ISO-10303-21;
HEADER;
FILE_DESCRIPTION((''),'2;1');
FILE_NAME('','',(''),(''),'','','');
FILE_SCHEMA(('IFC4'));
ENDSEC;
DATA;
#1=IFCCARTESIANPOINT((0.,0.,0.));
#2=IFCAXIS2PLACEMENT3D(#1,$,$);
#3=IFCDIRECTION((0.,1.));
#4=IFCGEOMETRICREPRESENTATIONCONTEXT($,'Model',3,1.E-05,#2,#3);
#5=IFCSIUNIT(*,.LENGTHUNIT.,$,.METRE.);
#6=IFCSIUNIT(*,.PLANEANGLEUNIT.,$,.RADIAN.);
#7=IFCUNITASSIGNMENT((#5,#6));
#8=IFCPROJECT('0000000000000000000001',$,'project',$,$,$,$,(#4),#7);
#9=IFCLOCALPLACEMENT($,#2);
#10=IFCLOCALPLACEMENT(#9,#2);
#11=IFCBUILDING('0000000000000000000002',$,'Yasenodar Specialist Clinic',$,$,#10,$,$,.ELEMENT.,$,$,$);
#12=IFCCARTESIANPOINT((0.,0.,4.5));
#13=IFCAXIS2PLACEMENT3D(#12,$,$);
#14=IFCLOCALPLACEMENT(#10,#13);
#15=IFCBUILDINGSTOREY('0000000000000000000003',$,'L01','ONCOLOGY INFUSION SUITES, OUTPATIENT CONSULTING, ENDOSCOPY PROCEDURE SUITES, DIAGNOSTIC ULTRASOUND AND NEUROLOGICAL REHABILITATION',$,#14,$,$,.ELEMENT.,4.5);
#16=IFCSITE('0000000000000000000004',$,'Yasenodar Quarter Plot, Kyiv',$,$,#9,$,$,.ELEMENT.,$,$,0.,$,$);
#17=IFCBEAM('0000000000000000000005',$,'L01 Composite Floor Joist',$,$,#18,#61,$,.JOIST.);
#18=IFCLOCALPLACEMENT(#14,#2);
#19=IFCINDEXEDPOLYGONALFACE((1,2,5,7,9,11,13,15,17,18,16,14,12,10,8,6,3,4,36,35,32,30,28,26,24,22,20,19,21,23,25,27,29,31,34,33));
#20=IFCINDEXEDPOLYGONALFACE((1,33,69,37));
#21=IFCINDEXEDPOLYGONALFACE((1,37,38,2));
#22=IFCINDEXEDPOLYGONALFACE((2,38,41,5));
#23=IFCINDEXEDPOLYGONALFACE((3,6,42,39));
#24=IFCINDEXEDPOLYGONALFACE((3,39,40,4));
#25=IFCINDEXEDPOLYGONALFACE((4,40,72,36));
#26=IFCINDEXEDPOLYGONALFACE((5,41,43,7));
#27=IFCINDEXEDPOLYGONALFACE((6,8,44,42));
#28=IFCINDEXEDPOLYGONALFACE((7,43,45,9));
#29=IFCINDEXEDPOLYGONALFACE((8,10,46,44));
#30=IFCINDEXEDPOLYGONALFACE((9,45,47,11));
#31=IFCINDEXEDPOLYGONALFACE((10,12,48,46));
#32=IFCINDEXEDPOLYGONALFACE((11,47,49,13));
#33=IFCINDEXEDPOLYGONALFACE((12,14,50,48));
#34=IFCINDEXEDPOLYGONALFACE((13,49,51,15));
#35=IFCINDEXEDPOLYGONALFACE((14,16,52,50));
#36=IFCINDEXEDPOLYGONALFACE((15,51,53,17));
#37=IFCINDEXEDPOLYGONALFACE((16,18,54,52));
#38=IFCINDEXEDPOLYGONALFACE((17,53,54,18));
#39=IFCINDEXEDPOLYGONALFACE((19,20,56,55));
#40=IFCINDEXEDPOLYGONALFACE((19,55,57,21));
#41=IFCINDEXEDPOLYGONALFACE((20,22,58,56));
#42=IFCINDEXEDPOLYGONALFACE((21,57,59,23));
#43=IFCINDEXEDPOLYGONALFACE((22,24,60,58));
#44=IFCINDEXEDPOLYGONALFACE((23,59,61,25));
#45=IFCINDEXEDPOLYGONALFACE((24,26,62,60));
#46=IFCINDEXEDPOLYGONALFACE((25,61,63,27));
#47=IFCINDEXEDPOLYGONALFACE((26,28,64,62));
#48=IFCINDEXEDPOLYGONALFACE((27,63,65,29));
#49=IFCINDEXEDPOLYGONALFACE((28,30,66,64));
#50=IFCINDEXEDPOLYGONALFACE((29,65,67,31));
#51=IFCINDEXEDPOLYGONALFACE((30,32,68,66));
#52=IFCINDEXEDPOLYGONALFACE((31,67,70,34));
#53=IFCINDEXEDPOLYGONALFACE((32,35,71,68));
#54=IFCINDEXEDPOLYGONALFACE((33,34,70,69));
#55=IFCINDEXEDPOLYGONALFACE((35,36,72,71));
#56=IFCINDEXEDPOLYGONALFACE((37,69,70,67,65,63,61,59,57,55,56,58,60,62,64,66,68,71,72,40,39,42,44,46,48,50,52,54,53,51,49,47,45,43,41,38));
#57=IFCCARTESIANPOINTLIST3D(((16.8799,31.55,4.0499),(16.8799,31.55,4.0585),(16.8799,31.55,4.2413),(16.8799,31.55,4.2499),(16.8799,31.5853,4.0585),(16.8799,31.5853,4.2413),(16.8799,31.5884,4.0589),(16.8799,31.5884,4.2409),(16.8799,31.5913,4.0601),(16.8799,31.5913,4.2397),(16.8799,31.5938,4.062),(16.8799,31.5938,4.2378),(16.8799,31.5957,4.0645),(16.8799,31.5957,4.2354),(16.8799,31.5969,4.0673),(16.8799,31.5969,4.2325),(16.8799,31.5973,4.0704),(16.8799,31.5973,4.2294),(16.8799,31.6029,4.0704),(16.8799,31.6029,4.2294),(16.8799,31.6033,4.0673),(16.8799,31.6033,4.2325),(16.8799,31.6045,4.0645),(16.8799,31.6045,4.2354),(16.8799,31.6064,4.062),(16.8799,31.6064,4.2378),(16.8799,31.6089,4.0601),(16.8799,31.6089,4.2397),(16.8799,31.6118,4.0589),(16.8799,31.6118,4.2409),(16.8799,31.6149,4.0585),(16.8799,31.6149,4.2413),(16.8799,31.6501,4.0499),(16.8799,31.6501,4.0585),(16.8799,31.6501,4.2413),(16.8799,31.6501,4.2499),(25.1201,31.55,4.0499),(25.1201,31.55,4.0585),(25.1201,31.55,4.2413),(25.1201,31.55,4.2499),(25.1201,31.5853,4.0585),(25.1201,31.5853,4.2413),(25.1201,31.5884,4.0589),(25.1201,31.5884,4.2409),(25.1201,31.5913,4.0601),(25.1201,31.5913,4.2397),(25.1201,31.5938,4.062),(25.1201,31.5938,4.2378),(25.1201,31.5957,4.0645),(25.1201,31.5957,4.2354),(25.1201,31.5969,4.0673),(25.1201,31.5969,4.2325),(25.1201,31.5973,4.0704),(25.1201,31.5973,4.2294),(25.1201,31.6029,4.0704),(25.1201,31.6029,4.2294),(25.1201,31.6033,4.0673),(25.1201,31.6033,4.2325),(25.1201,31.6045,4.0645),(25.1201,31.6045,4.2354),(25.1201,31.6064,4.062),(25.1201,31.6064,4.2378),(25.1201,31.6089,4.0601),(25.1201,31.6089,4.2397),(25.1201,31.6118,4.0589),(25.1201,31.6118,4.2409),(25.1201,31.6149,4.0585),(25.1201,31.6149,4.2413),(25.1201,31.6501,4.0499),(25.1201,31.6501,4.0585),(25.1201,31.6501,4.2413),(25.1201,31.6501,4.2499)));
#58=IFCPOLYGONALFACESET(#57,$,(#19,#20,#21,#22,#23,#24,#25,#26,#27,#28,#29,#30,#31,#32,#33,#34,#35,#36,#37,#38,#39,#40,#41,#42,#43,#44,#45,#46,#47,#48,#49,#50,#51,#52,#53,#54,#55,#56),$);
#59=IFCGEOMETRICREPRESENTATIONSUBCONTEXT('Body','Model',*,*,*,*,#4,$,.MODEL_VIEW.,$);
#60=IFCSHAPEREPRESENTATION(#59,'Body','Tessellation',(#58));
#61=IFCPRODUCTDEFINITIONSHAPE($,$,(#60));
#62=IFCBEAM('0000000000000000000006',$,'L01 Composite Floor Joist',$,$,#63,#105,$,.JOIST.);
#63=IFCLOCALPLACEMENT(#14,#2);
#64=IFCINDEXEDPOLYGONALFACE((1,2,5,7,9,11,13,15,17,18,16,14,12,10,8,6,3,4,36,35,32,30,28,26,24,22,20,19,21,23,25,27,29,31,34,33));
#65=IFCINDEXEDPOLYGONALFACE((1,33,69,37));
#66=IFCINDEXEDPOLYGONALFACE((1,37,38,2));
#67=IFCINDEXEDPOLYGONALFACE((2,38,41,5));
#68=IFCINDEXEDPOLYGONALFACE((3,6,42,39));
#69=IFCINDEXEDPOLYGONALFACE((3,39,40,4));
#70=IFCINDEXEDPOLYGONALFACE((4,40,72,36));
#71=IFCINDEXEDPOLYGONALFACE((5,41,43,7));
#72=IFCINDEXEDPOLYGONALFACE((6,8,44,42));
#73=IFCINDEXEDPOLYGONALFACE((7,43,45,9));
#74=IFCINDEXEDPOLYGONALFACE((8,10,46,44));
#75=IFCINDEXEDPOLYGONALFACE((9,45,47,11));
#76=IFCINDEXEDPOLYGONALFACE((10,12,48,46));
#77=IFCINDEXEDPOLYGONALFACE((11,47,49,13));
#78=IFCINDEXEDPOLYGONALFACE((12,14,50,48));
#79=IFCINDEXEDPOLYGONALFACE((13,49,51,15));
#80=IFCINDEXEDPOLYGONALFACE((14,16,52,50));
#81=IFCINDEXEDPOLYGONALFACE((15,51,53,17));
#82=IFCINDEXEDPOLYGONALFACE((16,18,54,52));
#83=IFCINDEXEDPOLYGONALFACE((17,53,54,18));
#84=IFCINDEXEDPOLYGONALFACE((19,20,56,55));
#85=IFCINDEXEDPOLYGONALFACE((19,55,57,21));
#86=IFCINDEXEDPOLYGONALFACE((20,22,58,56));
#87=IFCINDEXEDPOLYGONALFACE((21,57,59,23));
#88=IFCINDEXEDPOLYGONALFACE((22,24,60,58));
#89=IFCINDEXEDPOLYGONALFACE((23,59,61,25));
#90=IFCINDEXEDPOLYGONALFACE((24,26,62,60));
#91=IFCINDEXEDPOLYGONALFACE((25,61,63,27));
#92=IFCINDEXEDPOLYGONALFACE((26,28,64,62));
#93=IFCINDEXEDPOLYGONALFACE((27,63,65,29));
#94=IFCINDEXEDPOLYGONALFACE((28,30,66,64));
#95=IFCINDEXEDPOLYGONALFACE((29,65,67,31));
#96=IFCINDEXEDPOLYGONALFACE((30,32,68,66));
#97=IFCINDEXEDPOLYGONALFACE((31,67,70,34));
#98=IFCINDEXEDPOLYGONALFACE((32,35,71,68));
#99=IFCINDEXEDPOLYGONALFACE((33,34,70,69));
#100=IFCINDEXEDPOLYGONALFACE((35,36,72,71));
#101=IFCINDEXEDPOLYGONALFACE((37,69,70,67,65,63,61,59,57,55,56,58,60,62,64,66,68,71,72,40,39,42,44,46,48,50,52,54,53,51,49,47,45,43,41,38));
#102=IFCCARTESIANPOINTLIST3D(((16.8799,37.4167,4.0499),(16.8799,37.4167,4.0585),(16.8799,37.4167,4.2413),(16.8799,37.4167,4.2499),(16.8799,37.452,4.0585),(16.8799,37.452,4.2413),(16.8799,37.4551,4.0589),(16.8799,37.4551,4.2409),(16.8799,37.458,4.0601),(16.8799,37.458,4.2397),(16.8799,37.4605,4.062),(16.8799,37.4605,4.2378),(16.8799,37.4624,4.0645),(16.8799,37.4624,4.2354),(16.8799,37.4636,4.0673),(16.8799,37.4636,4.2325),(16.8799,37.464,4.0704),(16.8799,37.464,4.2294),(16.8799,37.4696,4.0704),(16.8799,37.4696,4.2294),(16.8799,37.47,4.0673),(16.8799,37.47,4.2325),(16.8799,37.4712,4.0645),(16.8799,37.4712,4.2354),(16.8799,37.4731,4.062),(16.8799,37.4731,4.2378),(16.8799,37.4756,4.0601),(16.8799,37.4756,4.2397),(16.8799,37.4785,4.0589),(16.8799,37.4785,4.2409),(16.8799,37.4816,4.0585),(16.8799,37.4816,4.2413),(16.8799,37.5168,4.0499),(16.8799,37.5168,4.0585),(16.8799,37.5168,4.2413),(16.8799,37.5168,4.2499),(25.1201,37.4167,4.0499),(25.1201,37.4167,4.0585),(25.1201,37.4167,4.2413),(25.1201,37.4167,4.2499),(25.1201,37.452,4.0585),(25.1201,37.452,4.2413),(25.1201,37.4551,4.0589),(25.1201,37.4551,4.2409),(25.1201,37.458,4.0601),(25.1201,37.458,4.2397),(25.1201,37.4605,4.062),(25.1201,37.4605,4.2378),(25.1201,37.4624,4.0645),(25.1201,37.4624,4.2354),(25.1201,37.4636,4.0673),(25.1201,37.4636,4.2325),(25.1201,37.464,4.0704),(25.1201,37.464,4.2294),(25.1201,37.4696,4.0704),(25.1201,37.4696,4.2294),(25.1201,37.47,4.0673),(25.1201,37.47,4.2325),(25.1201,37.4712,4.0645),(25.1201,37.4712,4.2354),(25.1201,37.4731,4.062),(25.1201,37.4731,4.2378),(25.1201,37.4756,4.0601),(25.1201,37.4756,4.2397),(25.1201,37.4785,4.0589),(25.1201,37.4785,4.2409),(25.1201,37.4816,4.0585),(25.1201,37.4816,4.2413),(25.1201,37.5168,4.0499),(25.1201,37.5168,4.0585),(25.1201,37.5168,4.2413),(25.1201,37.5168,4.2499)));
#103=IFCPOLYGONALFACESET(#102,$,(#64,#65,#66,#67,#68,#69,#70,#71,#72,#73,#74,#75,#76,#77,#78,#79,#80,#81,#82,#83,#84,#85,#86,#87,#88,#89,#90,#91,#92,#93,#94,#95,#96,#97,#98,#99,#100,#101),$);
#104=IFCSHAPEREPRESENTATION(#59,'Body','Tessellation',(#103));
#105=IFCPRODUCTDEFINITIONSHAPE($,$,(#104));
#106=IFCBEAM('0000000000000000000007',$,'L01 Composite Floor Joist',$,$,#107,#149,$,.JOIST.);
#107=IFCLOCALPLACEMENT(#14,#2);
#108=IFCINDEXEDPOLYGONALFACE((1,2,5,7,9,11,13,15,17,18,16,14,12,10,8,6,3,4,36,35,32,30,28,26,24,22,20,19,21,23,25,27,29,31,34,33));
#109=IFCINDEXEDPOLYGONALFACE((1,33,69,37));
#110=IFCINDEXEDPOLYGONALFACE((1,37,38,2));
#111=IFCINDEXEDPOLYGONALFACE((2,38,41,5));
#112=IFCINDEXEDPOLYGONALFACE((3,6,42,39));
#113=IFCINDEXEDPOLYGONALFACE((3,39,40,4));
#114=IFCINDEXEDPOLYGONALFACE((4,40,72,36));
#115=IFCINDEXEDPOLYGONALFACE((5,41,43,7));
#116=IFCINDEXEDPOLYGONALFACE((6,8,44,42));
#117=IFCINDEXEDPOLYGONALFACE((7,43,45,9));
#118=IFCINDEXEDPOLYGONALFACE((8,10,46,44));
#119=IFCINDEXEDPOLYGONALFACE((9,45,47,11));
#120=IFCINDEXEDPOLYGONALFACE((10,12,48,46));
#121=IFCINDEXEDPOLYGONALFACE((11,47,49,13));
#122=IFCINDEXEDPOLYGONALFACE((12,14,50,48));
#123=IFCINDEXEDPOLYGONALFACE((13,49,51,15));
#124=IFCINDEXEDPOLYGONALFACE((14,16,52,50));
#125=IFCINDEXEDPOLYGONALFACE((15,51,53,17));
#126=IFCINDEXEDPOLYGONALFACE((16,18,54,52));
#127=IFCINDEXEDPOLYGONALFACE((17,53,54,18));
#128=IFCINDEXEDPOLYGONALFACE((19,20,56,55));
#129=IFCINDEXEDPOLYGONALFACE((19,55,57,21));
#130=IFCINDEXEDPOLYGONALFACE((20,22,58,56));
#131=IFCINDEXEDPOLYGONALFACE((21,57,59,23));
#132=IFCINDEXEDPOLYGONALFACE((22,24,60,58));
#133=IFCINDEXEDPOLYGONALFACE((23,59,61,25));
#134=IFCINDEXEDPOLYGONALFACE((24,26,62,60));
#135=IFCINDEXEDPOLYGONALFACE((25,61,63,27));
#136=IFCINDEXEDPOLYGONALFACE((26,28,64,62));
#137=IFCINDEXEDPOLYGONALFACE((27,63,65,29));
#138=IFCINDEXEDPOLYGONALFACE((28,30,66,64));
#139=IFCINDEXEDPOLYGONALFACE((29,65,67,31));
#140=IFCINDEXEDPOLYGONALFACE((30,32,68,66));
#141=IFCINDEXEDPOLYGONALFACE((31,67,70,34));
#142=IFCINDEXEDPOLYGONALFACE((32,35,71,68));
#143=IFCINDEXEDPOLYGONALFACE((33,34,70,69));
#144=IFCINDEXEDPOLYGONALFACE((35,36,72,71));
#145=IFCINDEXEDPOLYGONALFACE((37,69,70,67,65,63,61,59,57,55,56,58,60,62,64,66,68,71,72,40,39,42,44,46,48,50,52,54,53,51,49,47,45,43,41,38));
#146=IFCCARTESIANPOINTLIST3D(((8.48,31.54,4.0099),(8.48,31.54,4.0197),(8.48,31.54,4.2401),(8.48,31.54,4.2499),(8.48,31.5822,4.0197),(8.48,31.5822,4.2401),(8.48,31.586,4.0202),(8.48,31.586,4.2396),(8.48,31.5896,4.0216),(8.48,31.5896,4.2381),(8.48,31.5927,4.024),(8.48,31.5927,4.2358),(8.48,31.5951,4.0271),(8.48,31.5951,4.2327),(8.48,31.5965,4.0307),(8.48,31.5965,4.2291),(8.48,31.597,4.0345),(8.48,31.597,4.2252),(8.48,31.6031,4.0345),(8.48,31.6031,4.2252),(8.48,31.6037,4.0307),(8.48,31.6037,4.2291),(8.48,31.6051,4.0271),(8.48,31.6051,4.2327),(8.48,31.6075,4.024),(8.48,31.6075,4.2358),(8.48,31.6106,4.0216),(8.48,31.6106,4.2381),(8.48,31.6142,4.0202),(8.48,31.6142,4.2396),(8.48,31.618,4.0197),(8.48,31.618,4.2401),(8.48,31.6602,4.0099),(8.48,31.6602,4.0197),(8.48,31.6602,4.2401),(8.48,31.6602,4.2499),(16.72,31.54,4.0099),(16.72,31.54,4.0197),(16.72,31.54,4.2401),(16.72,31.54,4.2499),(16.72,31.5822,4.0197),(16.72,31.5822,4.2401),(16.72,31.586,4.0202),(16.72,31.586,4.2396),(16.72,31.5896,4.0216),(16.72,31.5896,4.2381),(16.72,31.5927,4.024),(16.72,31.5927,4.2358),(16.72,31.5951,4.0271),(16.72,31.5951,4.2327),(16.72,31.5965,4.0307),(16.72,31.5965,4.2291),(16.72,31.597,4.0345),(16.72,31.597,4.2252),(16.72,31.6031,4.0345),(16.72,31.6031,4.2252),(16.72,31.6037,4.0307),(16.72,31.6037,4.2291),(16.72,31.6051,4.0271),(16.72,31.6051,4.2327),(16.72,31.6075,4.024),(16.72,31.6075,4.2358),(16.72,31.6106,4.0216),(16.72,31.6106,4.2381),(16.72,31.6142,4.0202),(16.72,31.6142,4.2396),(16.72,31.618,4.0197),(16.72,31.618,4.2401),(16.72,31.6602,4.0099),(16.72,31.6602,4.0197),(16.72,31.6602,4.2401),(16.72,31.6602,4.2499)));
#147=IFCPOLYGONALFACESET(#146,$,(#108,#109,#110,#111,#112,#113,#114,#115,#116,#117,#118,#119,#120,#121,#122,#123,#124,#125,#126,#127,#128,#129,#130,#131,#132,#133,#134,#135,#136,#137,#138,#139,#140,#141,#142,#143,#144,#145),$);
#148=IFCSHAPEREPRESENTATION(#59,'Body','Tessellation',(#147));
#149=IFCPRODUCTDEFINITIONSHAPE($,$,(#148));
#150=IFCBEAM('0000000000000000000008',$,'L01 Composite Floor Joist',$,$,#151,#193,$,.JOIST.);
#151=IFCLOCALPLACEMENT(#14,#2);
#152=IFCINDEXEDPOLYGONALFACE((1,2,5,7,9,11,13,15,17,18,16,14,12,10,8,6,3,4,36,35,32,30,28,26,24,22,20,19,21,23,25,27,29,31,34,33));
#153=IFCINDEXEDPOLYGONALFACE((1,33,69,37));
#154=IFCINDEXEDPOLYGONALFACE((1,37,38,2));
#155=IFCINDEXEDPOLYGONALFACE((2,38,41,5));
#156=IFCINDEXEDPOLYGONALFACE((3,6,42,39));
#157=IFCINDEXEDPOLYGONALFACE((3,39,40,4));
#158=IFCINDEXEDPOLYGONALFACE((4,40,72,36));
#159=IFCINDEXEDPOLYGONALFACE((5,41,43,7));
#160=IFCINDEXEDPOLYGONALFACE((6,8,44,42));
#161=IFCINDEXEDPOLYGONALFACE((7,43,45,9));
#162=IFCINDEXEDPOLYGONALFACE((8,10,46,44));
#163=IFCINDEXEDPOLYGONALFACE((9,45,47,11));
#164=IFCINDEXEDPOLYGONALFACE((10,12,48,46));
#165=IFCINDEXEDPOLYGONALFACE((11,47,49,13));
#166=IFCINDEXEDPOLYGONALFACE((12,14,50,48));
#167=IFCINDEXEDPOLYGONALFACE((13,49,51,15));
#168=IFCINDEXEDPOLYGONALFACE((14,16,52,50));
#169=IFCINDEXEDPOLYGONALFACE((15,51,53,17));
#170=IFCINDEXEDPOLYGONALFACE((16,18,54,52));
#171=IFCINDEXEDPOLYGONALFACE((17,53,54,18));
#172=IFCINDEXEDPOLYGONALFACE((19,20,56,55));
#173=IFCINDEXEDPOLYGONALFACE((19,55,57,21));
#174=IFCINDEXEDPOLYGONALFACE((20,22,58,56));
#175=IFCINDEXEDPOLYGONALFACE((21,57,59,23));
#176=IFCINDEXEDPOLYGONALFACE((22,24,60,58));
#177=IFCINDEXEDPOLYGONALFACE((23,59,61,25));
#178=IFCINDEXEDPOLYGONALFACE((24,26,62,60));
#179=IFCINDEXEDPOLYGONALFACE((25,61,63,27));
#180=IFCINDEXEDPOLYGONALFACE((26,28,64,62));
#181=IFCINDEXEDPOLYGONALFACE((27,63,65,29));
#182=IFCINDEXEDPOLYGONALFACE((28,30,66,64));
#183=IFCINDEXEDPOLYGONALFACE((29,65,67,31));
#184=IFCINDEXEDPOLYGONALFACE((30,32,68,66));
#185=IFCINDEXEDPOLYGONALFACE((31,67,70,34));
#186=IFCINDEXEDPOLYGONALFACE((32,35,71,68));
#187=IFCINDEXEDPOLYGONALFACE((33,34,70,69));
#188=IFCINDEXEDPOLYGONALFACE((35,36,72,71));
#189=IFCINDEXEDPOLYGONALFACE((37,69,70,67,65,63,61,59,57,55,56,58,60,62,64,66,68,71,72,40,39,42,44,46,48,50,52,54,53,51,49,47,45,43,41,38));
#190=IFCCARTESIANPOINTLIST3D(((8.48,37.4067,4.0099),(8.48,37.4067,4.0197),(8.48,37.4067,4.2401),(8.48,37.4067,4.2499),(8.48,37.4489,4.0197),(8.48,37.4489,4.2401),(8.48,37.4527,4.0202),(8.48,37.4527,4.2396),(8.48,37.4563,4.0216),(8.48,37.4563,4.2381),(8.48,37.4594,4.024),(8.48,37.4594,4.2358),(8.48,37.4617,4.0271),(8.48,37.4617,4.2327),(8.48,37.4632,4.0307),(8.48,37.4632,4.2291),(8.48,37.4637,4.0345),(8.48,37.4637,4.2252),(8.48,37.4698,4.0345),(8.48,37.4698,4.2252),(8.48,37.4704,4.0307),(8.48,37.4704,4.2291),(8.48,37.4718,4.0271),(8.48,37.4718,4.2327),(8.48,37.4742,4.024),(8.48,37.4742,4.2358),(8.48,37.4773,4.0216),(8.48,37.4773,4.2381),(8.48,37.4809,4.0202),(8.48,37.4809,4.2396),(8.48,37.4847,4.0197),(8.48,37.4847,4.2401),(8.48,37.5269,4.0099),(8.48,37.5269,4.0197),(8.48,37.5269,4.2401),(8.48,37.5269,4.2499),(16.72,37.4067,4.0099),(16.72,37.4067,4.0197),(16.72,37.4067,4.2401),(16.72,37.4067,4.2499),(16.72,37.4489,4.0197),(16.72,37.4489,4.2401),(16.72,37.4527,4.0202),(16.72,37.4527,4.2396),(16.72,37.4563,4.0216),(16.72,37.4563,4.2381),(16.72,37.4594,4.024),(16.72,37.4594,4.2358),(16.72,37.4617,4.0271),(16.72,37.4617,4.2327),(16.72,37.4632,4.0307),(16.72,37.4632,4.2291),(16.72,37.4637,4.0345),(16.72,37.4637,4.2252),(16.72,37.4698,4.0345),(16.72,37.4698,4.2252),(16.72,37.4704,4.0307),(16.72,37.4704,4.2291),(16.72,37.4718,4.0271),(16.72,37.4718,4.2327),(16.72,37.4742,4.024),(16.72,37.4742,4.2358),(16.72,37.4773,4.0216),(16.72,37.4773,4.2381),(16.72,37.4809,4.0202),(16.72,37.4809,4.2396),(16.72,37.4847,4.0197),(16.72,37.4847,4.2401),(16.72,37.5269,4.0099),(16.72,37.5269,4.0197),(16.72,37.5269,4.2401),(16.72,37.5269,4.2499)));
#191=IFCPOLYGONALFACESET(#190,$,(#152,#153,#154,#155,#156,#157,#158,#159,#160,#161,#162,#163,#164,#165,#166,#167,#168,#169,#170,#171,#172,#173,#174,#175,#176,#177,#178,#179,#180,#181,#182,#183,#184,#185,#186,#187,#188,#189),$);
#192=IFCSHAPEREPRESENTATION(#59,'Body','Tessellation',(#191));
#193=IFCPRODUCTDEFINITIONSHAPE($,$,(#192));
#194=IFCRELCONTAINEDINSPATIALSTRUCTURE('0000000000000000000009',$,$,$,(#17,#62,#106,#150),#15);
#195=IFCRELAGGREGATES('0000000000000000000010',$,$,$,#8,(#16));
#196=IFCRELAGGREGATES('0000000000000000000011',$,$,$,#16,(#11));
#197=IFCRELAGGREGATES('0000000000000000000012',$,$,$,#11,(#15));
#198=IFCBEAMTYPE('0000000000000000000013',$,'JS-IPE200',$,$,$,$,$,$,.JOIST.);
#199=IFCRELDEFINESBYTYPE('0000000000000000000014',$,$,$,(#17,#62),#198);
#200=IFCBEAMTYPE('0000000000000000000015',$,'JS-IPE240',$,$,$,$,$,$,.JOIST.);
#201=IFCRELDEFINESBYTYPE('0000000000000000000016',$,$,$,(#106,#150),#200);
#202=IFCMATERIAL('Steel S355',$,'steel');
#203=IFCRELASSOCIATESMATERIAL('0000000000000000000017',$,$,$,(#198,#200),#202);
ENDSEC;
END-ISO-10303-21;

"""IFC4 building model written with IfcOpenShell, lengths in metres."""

from ifc_helpers import new_model, si_unit, direction, frame, origin, origin_2d, place, context, subcontext, project, spatial, i_section, extrude, material, material_profile, profile_set, type_object, element, save


model = new_model("IFC4")

# Units and contexts
model_context = context("Model", 3, precision=1e-05, world=origin(), true_north=direction((0.0, 1.0)))
body_context = subcontext(model_context, "Body", "Model", "MODEL_VIEW")
ifc_project = project(units=[si_unit("LENGTHUNIT", "METRE"), si_unit("PLANEANGLEUNIT", "RADIAN")], contexts=[model_context])

# Site, building, storey
site_placement = place(None, origin())
site = spatial("IfcSite", under=ifc_project, at=site_placement, Name="Yasenodar Quarter Plot, Kyiv", CompositionType="ELEMENT", RefElevation=0.0)
building_placement = place(site_placement, origin())
building = spatial("IfcBuilding", under=site, at=building_placement, Name="Yasenodar Specialist Clinic", CompositionType="ELEMENT")
storey_placement = place(building_placement, frame((0.0, 0.0, 4.5)))
storey = spatial("IfcBuildingStorey", under=building, at=storey_placement, Name="L01", Description="ONCOLOGY INFUSION SUITES, OUTPATIENT CONSULTING, ENDOSCOPY PROCEDURE SUITES, DIAGNOSTIC ULTRASOUND AND NEUROLOGICAL REHABILITATION", CompositionType="ELEMENT", Elevation=4.5)

# Shared definitions
ifc_material_1 = material(Name="Steel S355", Category="steel")

# Beams
ifc_material_profile_1 = material_profile(ifc_material_1, i_section(OverallWidth=0.1001, OverallDepth=0.2, WebThickness=0.0056, FlangeThickness=0.0085, FilletRadius=0.012, at=origin_2d()), Name="IPE 200")
ifc_profile_set_1 = profile_set([ifc_material_profile_1], Name="Steel S355")
beam_type_1 = type_object("IfcBeamType", Name="JS-IPE200", PredefinedType="JOIST", material=ifc_profile_set_1)
for number, where, z_axis, x_axis, name in (
    (1, (16.8799, 31.6001, 4.1499), (1.0, 0.0, 0.0), (0.0, 1.0, 0.0), "L01 Composite Floor Joist"),
    (2, (16.8799, 37.4668, 4.1499), (1.0, 0.0, 0.0), (0.0, 1.0, 0.0), "L01 Composite Floor Joist"),
):
    element("IfcBeam", number, at=place(storey_placement, frame(where, z_axis=z_axis, x_axis=x_axis)), inside=storey, type_object=beam_type_1, Name=name, PredefinedType="JOIST", context=body_context, shape_type="SweptSolid", body=[
        extrude(i_section(OverallWidth=0.1001, OverallDepth=0.2, WebThickness=0.0056, FlangeThickness=0.0085, FilletRadius=0.012, at=origin_2d()), origin(), (0.0, 0.0, 1.0), 8.2402),
    ])
ifc_material_profile_2 = material_profile(ifc_material_1, i_section(OverallWidth=0.1201, OverallDepth=0.24, WebThickness=0.0061, FlangeThickness=0.0098, FilletRadius=0.0149, at=origin_2d()), Name="IPE 240")
ifc_profile_set_2 = profile_set([ifc_material_profile_2], Name="Steel S355")
beam_type_2 = type_object("IfcBeamType", Name="JS-IPE240", PredefinedType="JOIST", material=ifc_profile_set_2)
for number, where, z_axis, x_axis, name in (
    (3, (8.48, 31.6001, 4.1299), (1.0, 0.0, 0.0), (0.0, 1.0, 0.0), "L01 Composite Floor Joist"),
    (4, (8.48, 37.4668, 4.1299), (1.0, 0.0, 0.0), (0.0, 1.0, 0.0), "L01 Composite Floor Joist"),
):
    element("IfcBeam", number, at=place(storey_placement, frame(where, z_axis=z_axis, x_axis=x_axis)), inside=storey, type_object=beam_type_2, Name=name, PredefinedType="JOIST", context=body_context, shape_type="SweptSolid", body=[
        extrude(i_section(OverallWidth=0.1201, OverallDepth=0.24, WebThickness=0.0061, FlangeThickness=0.0098, FilletRadius=0.0149, at=origin_2d()), origin(), (0.0, 0.0, 1.0), 8.24),
    ])

save(model, "model.ifc")
